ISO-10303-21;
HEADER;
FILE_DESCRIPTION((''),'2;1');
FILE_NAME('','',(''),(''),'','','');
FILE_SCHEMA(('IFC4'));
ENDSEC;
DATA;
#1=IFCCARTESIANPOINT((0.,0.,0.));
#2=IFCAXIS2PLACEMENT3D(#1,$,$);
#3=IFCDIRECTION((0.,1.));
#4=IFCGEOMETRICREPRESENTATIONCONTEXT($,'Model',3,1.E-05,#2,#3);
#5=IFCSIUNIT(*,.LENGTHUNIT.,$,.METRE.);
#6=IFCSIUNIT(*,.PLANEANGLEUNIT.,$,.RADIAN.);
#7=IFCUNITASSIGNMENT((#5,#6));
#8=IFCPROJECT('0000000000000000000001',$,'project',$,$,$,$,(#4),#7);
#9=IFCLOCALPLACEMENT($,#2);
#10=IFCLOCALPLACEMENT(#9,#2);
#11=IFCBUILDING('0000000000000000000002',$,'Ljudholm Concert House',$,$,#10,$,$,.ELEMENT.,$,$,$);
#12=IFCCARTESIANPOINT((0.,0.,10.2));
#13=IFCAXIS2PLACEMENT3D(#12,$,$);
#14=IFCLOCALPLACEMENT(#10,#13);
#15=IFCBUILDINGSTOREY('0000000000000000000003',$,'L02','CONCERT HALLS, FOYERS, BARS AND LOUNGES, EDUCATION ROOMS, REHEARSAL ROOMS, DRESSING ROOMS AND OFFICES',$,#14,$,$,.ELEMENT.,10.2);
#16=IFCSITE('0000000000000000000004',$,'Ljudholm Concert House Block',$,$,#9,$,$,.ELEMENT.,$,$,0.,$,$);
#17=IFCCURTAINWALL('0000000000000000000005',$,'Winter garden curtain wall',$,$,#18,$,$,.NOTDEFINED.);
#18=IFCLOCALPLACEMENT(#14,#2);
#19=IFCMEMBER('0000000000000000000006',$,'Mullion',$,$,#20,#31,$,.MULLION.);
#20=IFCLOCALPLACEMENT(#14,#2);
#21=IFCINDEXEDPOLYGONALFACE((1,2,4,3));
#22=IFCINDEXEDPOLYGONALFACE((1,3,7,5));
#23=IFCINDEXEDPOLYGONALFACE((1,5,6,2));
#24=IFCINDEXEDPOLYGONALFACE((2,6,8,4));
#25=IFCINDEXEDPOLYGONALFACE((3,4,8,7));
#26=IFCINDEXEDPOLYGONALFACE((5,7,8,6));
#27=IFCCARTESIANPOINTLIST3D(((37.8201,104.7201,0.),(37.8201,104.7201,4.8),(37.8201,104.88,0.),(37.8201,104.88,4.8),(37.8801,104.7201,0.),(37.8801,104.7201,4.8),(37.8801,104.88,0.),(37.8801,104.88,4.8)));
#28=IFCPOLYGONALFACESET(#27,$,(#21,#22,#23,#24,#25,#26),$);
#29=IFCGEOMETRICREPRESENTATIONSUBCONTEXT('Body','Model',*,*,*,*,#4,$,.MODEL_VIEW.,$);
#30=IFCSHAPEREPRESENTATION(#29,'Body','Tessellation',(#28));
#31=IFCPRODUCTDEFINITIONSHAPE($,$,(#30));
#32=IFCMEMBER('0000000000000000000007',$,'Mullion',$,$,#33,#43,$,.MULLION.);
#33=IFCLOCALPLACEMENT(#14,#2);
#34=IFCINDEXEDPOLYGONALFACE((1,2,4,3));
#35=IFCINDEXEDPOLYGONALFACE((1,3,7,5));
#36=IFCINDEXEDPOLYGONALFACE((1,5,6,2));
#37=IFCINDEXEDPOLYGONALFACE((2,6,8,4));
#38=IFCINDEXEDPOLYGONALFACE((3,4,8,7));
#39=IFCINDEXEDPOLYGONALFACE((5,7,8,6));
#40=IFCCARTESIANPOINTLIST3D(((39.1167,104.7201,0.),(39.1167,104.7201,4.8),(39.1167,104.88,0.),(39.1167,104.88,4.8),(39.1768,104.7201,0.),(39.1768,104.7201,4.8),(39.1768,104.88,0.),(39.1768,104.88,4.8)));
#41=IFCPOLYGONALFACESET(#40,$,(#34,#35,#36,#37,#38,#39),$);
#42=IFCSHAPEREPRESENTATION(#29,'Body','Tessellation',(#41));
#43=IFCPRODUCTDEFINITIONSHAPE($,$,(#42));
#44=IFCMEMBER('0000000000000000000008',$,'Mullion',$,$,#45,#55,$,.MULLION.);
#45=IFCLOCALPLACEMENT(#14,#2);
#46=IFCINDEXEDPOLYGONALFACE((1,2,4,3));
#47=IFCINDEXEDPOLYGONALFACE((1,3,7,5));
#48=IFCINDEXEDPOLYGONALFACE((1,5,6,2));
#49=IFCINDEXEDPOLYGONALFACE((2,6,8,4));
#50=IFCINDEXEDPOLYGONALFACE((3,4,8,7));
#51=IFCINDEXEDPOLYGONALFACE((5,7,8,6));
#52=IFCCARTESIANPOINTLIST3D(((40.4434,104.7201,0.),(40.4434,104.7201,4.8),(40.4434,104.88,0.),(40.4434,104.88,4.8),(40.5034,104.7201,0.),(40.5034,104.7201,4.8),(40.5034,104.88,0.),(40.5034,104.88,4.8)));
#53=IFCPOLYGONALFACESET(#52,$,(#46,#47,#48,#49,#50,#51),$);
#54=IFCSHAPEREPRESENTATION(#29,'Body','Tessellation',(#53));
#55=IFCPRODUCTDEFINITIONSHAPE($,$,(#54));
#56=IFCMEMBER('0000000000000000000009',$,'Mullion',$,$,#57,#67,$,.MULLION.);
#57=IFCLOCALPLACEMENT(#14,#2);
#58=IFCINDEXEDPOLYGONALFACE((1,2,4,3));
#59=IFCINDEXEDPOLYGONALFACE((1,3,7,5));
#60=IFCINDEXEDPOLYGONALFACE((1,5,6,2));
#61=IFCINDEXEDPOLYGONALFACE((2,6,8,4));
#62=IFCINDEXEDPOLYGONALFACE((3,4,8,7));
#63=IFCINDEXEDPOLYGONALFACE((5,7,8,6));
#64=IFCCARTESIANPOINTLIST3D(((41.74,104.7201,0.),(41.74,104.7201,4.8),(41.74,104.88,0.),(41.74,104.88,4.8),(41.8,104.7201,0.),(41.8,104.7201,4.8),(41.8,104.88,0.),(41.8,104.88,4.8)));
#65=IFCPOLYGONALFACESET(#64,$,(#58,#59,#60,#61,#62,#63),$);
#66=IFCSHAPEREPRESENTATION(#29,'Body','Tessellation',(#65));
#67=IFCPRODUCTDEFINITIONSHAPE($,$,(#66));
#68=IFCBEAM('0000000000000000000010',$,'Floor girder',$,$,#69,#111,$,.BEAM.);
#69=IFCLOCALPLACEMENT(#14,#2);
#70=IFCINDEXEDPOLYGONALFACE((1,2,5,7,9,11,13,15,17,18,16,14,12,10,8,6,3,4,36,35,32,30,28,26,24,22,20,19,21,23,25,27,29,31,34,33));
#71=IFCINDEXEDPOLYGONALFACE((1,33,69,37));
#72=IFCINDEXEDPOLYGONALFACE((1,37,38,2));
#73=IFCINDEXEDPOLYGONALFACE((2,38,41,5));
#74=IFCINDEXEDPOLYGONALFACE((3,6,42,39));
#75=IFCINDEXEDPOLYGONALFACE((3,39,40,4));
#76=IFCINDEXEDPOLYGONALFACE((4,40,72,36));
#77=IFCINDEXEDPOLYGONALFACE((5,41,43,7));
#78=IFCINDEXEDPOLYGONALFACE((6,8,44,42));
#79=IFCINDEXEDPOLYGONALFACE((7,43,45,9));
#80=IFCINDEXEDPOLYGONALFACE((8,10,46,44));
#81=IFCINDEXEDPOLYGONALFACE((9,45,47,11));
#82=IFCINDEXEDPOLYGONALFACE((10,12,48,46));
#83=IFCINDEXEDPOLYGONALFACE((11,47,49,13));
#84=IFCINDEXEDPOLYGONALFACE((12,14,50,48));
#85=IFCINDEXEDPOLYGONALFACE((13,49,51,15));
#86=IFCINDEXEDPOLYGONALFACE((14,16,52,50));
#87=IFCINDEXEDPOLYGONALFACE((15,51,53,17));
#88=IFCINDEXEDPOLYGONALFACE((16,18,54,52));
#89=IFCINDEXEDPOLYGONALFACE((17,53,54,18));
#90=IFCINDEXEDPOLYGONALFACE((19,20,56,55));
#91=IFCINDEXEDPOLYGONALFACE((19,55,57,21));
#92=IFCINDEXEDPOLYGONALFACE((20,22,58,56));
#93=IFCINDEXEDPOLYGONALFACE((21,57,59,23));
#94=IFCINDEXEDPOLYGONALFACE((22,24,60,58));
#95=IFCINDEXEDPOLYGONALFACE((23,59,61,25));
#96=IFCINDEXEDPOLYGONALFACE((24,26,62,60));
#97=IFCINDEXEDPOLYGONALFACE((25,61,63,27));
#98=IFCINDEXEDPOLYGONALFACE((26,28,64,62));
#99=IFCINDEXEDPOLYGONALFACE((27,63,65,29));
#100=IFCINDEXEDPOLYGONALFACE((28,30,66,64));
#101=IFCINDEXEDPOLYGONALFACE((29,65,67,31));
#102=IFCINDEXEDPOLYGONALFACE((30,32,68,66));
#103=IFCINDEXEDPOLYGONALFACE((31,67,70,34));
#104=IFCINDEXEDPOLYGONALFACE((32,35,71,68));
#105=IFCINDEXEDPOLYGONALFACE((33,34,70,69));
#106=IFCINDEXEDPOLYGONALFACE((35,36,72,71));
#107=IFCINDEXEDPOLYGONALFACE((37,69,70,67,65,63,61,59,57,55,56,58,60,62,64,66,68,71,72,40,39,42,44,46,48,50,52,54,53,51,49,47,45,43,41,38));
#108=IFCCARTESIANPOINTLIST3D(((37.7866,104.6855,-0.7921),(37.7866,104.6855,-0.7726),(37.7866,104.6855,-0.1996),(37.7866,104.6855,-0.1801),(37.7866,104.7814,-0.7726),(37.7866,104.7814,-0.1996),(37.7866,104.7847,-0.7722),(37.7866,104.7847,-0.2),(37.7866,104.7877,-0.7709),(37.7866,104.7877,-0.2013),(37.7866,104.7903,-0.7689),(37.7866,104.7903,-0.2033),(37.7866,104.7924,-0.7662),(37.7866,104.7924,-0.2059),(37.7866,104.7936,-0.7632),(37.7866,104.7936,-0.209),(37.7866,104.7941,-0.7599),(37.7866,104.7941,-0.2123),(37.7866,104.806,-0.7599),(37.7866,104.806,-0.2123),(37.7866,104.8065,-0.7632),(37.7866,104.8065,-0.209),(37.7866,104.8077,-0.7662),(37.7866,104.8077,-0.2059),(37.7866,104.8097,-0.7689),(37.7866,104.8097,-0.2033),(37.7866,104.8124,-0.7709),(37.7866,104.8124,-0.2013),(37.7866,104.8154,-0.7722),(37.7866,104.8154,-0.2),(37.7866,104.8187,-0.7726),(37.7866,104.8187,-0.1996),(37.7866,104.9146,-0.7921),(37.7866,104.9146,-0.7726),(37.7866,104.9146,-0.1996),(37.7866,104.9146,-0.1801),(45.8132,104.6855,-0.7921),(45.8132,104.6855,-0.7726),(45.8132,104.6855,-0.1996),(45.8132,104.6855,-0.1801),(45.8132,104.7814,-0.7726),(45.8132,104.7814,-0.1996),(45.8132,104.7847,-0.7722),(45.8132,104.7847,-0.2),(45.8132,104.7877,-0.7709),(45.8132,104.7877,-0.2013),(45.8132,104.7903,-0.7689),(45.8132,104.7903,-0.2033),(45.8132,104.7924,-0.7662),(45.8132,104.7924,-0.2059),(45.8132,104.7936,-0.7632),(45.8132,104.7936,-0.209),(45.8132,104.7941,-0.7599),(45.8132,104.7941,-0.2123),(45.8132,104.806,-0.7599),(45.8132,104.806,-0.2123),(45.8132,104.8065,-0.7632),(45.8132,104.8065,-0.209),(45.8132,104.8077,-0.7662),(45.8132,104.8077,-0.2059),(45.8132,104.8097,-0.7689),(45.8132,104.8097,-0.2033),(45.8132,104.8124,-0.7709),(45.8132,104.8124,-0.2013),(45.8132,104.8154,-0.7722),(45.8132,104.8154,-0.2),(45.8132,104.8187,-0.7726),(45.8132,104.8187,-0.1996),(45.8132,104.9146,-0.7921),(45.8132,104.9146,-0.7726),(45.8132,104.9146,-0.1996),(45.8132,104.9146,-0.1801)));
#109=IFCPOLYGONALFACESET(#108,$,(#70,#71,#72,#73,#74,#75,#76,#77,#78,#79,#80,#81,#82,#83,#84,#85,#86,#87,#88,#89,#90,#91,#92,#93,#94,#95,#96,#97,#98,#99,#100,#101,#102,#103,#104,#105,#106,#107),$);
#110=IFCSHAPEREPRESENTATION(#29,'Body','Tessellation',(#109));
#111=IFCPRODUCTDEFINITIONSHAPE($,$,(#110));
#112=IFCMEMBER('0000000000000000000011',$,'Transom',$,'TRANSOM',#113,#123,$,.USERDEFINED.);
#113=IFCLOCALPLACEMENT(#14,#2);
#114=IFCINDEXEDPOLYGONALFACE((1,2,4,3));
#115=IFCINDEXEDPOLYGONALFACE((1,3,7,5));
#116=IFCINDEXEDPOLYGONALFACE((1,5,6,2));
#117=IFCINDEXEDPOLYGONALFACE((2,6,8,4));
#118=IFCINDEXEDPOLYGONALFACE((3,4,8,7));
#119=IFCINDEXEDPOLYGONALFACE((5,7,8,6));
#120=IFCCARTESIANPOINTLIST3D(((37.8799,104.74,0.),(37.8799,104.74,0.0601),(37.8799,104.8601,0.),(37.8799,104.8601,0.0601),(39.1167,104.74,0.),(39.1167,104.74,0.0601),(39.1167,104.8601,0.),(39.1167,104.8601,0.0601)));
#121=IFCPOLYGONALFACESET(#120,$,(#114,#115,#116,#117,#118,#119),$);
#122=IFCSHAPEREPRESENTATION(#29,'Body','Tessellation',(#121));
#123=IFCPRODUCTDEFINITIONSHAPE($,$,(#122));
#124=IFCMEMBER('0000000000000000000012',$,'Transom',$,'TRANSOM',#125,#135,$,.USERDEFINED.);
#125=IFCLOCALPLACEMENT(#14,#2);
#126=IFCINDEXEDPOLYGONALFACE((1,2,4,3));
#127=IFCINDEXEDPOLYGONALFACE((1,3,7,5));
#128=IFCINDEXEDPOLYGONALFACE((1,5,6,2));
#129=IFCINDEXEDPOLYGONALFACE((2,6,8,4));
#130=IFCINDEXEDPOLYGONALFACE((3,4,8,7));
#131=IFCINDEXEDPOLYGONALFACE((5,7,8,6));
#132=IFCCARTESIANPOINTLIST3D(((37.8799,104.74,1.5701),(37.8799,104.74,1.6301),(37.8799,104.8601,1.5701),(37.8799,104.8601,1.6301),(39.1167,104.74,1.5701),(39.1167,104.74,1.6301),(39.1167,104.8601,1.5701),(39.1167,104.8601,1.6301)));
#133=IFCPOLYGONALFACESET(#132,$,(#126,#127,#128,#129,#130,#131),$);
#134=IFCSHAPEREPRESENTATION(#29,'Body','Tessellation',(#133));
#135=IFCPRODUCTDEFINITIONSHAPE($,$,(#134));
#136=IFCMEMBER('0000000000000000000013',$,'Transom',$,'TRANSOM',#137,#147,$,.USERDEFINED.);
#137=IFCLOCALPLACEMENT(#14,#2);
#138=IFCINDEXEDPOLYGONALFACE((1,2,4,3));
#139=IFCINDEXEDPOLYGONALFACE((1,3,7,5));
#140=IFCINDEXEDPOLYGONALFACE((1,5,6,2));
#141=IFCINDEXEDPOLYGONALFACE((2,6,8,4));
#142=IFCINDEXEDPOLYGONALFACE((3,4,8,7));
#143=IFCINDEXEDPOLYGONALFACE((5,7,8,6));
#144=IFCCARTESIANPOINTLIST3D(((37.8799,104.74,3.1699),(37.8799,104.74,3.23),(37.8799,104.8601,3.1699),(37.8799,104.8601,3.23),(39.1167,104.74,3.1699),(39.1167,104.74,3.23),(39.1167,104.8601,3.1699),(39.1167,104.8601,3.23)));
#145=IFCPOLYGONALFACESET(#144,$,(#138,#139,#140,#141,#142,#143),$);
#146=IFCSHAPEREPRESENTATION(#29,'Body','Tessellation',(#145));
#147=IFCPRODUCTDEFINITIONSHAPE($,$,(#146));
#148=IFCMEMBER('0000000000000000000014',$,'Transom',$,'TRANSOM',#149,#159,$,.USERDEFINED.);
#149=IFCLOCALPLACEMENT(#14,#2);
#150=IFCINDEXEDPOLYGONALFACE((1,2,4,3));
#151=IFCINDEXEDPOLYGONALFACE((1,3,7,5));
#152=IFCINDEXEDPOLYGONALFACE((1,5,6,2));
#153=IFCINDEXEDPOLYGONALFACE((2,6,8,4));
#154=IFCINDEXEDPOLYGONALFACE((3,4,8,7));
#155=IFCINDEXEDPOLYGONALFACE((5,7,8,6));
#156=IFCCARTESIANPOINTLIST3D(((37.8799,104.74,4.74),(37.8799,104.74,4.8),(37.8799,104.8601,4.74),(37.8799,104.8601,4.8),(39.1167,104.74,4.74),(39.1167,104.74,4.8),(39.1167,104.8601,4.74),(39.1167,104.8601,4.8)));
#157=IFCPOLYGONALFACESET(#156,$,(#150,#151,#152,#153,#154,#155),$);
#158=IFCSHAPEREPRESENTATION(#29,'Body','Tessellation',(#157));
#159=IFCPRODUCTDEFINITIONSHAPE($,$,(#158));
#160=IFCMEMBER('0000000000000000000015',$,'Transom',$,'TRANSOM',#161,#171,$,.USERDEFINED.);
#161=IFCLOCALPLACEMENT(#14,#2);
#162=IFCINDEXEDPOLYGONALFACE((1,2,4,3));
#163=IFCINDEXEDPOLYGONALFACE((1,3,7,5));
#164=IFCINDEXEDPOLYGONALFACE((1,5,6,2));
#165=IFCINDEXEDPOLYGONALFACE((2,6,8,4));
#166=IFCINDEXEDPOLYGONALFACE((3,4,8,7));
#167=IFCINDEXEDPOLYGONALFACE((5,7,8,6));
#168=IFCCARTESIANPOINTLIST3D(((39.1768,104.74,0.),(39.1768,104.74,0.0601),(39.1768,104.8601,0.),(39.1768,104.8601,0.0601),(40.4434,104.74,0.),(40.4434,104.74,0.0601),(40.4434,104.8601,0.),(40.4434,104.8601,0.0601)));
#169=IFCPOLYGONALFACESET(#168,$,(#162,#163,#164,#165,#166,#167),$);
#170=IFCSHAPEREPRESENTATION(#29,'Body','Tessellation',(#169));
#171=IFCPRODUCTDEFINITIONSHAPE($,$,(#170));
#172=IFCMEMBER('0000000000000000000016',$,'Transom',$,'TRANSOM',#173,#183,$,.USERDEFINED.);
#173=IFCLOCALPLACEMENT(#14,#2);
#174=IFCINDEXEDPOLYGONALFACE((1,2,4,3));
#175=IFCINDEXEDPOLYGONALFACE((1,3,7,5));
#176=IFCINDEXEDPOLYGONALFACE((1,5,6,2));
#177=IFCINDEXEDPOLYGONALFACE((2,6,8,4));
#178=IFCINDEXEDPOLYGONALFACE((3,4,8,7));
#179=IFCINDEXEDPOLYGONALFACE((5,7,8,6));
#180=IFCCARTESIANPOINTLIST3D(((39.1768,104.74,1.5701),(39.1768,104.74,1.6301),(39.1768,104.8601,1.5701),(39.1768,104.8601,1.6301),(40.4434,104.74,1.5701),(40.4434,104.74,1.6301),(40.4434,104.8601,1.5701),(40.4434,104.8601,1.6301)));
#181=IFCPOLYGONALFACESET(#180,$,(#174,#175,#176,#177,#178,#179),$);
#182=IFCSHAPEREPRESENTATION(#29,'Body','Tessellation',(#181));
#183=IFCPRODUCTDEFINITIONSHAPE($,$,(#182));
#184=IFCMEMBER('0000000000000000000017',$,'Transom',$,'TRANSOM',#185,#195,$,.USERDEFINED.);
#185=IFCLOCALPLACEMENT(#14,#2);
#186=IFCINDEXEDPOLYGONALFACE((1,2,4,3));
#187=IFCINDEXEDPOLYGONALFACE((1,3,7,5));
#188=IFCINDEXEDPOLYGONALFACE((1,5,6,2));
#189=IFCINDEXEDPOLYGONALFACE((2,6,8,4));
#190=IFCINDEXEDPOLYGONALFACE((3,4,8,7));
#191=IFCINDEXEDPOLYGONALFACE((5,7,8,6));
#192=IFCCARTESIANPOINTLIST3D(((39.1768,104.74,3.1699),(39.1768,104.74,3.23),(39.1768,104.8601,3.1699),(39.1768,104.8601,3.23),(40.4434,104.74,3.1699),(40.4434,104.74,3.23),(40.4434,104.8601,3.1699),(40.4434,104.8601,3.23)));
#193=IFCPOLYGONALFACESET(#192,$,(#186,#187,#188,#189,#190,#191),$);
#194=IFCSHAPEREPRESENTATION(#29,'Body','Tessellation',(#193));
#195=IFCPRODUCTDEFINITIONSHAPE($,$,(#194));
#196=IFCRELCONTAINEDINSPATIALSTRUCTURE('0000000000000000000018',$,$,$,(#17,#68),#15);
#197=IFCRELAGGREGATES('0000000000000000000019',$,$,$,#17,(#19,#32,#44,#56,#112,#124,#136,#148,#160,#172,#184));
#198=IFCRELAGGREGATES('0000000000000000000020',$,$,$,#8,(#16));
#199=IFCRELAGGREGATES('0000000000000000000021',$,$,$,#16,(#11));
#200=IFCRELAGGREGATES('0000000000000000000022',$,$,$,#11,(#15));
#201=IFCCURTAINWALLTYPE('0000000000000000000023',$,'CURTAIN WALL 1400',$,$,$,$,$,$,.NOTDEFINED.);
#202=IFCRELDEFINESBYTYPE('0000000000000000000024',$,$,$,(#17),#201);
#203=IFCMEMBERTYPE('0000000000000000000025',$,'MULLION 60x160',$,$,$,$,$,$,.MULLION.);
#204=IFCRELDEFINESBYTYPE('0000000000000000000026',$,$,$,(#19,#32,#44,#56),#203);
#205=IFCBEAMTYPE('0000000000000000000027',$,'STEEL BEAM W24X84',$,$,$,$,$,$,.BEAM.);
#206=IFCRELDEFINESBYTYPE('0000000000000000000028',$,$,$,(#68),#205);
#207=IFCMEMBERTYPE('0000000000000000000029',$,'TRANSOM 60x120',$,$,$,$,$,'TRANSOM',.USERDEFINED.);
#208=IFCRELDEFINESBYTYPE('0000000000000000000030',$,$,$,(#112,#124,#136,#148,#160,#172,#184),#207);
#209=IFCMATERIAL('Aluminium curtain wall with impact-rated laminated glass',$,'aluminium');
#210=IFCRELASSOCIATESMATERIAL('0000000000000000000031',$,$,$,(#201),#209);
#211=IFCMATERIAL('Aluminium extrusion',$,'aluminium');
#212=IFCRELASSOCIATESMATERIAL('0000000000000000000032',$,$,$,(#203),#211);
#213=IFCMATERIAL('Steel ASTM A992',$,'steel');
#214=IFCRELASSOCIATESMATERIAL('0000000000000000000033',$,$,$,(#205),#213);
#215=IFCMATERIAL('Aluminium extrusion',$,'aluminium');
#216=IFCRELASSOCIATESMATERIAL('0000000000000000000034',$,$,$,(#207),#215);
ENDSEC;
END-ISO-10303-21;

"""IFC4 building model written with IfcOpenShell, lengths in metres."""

from ifc_helpers import new_model, si_unit, direction, frame, origin, origin_2d, place, context, subcontext, project, spatial, rectangle, i_section, extrude, material, material_profile, profile_set, type_object, element, aggregate, save


model = new_model("IFC4")

# Units and contexts
model_context = context("Model", 3, precision=1e-05, world=origin(), true_north=direction((0.0, 1.0)))
body_context = subcontext(model_context, "Body", "Model", "MODEL_VIEW")
ifc_project = project(units=[si_unit("LENGTHUNIT", "METRE"), si_unit("PLANEANGLEUNIT", "RADIAN")], contexts=[model_context])

# Site, building, storey
site_placement = place(None, origin())
site = spatial("IfcSite", under=ifc_project, at=site_placement, Name="Ljudholm Concert House Block", CompositionType="ELEMENT", RefElevation=0.0)
building_placement = place(site_placement, origin())
building = spatial("IfcBuilding", under=site, at=building_placement, Name="Ljudholm Concert House", CompositionType="ELEMENT")
storey_placement = place(building_placement, frame((0.0, 0.0, 10.2)))
storey = spatial("IfcBuildingStorey", under=building, at=storey_placement, Name="L02", Description="CONCERT HALLS, FOYERS, BARS AND LOUNGES, EDUCATION ROOMS, REHEARSAL ROOMS, DRESSING ROOMS AND OFFICES", CompositionType="ELEMENT", Elevation=10.2)

# Curtain wall, members
ifc_material_1 = material(Name="Aluminium curtain wall with impact-rated laminated glass", Category="aluminium")
curtain_wall_type = type_object("IfcCurtainWallType", Name="CURTAIN WALL 1400", PredefinedType="NOTDEFINED", material=ifc_material_1)
curtain_wall_placement = place(storey_placement, origin())
curtain_wall = element("IfcCurtainWall", 1, at=curtain_wall_placement, inside=storey, type_object=curtain_wall_type, Name="Winter garden curtain wall", PredefinedType="NOTDEFINED")
ifc_material_2 = material(Name="Aluminium extrusion", Category="aluminium")
ifc_material_profile_1 = material_profile(ifc_material_2, rectangle(XDim=0.1599, YDim=0.0601, at=origin_2d()), Name="MULLION 60x160")
ifc_profile_set_1 = profile_set([ifc_material_profile_1], Name="Aluminium extrusion")
member_type_1 = type_object("IfcMemberType", Name="MULLION 60x160", PredefinedType="MULLION", material=ifc_profile_set_1)
member_1_placement = place(storey_placement, frame((37.8501, 104.8, 0.0), z_axis=(0.0, 0.0, 1.0), x_axis=(0.0, 1.0, 0.0)))
member_1 = element("IfcMember", 2, at=member_1_placement, type_object=member_type_1, Name="Mullion", PredefinedType="MULLION", context=body_context, shape_type="SweptSolid", body=[
    extrude(rectangle(XDim=0.1599, YDim=0.0601, at=origin_2d()), origin(), (0.0, 0.0, 1.0), 4.8),
])
member_2_placement = place(storey_placement, frame((39.1467, 104.8, 0.0), z_axis=(0.0, 0.0, 1.0), x_axis=(0.0, 1.0, 0.0)))
member_2 = element("IfcMember", 3, at=member_2_placement, type_object=member_type_1, Name="Mullion", PredefinedType="MULLION", context=body_context, shape_type="SweptSolid", body=[
    extrude(rectangle(XDim=0.1599, YDim=0.0601, at=origin_2d()), origin(), (0.0, 0.0, 1.0), 4.8),
])
member_3_placement = place(storey_placement, frame((40.4734, 104.8, 0.0), z_axis=(0.0, 0.0, 1.0), x_axis=(0.0, 1.0, 0.0)))
member_3 = element("IfcMember", 4, at=member_3_placement, type_object=member_type_1, Name="Mullion", PredefinedType="MULLION", context=body_context, shape_type="SweptSolid", body=[
    extrude(rectangle(XDim=0.1599, YDim=0.0601, at=origin_2d()), origin(), (0.0, 0.0, 1.0), 4.8),
])
member_4_placement = place(storey_placement, frame((41.77, 104.8, 0.0), z_axis=(0.0, 0.0, 1.0), x_axis=(0.0, 1.0, 0.0)))
member_4 = element("IfcMember", 5, at=member_4_placement, type_object=member_type_1, Name="Mullion", PredefinedType="MULLION", context=body_context, shape_type="SweptSolid", body=[
    extrude(rectangle(XDim=0.1599, YDim=0.0601, at=origin_2d()), origin(), (0.0, 0.0, 1.0), 4.8),
])

# Beam
ifc_material_3 = material(Name="Steel ASTM A992", Category="steel")
ifc_material_profile_2 = material_profile(ifc_material_3, i_section(OverallWidth=0.229, OverallDepth=0.6121, WebThickness=0.012, FlangeThickness=0.0195, FilletRadius=0.0127, at=origin_2d()), Name="W24X84")
ifc_profile_set_2 = profile_set([ifc_material_profile_2], Name="Steel ASTM A992")
beam_type = type_object("IfcBeamType", Name="STEEL BEAM W24X84", PredefinedType="BEAM", material=ifc_profile_set_2)
beam_placement = place(storey_placement, frame((37.7866, 104.8, -0.4861), z_axis=(1.0, 0.0, 0.0), x_axis=(0.0, 1.0, 0.0)))
element("IfcBeam", 6, at=beam_placement, inside=storey, type_object=beam_type, Name="Floor girder", PredefinedType="BEAM", context=body_context, shape_type="SweptSolid", body=[
    extrude(i_section(OverallWidth=0.229, OverallDepth=0.6121, WebThickness=0.012, FlangeThickness=0.0195, FilletRadius=0.0127, at=origin_2d()), origin(), (0.0, 0.0, 1.0), 8.0266),
])

# Members
ifc_material_4 = material(Name="Aluminium extrusion", Category="aluminium")
ifc_material_profile_3 = material_profile(ifc_material_4, rectangle(XDim=0.1201, YDim=0.0601, at=origin_2d()), Name="TRANSOM 60x120")
ifc_profile_set_3 = profile_set([ifc_material_profile_3], Name="Aluminium extrusion")
member_type_2 = type_object("IfcMemberType", Name="TRANSOM 60x120", ElementType="TRANSOM", PredefinedType="USERDEFINED", material=ifc_profile_set_3)
member_5_placement = place(storey_placement, frame((37.8799, 104.8, 0.03), z_axis=(1.0, 0.0, 0.0), x_axis=(0.0, 1.0, 0.0)))
member_5 = element("IfcMember", 7, at=member_5_placement, type_object=member_type_2, Name="Transom", ObjectType="TRANSOM", PredefinedType="USERDEFINED", context=body_context, shape_type="SweptSolid", body=[
    extrude(rectangle(XDim=0.1201, YDim=0.0601, at=origin_2d()), origin(), (0.0, 0.0, 1.0), 1.2368),
])
member_6_placement = place(storey_placement, frame((37.8799, 104.8, 1.6001), z_axis=(1.0, 0.0, 0.0), x_axis=(0.0, 1.0, 0.0)))
member_6 = element("IfcMember", 8, at=member_6_placement, type_object=member_type_2, Name="Transom", ObjectType="TRANSOM", PredefinedType="USERDEFINED", context=body_context, shape_type="SweptSolid", body=[
    extrude(rectangle(XDim=0.1201, YDim=0.0601, at=origin_2d()), origin(), (0.0, 0.0, 1.0), 1.2368),
])
member_7_placement = place(storey_placement, frame((37.8799, 104.8, 3.2), z_axis=(1.0, 0.0, 0.0), x_axis=(0.0, 1.0, 0.0)))
member_7 = element("IfcMember", 9, at=member_7_placement, type_object=member_type_2, Name="Transom", ObjectType="TRANSOM", PredefinedType="USERDEFINED", context=body_context, shape_type="SweptSolid", body=[
    extrude(rectangle(XDim=0.1201, YDim=0.0601, at=origin_2d()), origin(), (0.0, 0.0, 1.0), 1.2368),
])
member_8_placement = place(storey_placement, frame((37.8799, 104.8, 4.77), z_axis=(1.0, 0.0, 0.0), x_axis=(0.0, 1.0, 0.0)))
member_8 = element("IfcMember", 10, at=member_8_placement, type_object=member_type_2, Name="Transom", ObjectType="TRANSOM", PredefinedType="USERDEFINED", context=body_context, shape_type="SweptSolid", body=[
    extrude(rectangle(XDim=0.1201, YDim=0.0601, at=origin_2d()), origin(), (0.0, 0.0, 1.0), 1.2368),
])
member_9_placement = place(storey_placement, frame((39.1768, 104.8, 0.03), z_axis=(1.0, 0.0, 0.0), x_axis=(0.0, 1.0, 0.0)))
member_9 = element("IfcMember", 11, at=member_9_placement, type_object=member_type_2, Name="Transom", ObjectType="TRANSOM", PredefinedType="USERDEFINED", context=body_context, shape_type="SweptSolid", body=[
    extrude(rectangle(XDim=0.1201, YDim=0.0601, at=origin_2d()), origin(), (0.0, 0.0, 1.0), 1.2666),
])
member_10_placement = place(storey_placement, frame((39.1768, 104.8, 1.6001), z_axis=(1.0, 0.0, 0.0), x_axis=(0.0, 1.0, 0.0)))
member_10 = element("IfcMember", 12, at=member_10_placement, type_object=member_type_2, Name="Transom", ObjectType="TRANSOM", PredefinedType="USERDEFINED", context=body_context, shape_type="SweptSolid", body=[
    extrude(rectangle(XDim=0.1201, YDim=0.0601, at=origin_2d()), origin(), (0.0, 0.0, 1.0), 1.2666),
])
member_11_placement = place(storey_placement, frame((39.1768, 104.8, 3.2), z_axis=(1.0, 0.0, 0.0), x_axis=(0.0, 1.0, 0.0)))
member_11 = element("IfcMember", 13, at=member_11_placement, type_object=member_type_2, Name="Transom", ObjectType="TRANSOM", PredefinedType="USERDEFINED", context=body_context, shape_type="SweptSolid", body=[
    extrude(rectangle(XDim=0.1201, YDim=0.0601, at=origin_2d()), origin(), (0.0, 0.0, 1.0), 1.2666),
])

aggregate(curtain_wall, [member_1, member_2, member_3, member_4, member_5, member_6, member_7, member_8, member_9, member_10, member_11])

save(model, "model.ifc")
